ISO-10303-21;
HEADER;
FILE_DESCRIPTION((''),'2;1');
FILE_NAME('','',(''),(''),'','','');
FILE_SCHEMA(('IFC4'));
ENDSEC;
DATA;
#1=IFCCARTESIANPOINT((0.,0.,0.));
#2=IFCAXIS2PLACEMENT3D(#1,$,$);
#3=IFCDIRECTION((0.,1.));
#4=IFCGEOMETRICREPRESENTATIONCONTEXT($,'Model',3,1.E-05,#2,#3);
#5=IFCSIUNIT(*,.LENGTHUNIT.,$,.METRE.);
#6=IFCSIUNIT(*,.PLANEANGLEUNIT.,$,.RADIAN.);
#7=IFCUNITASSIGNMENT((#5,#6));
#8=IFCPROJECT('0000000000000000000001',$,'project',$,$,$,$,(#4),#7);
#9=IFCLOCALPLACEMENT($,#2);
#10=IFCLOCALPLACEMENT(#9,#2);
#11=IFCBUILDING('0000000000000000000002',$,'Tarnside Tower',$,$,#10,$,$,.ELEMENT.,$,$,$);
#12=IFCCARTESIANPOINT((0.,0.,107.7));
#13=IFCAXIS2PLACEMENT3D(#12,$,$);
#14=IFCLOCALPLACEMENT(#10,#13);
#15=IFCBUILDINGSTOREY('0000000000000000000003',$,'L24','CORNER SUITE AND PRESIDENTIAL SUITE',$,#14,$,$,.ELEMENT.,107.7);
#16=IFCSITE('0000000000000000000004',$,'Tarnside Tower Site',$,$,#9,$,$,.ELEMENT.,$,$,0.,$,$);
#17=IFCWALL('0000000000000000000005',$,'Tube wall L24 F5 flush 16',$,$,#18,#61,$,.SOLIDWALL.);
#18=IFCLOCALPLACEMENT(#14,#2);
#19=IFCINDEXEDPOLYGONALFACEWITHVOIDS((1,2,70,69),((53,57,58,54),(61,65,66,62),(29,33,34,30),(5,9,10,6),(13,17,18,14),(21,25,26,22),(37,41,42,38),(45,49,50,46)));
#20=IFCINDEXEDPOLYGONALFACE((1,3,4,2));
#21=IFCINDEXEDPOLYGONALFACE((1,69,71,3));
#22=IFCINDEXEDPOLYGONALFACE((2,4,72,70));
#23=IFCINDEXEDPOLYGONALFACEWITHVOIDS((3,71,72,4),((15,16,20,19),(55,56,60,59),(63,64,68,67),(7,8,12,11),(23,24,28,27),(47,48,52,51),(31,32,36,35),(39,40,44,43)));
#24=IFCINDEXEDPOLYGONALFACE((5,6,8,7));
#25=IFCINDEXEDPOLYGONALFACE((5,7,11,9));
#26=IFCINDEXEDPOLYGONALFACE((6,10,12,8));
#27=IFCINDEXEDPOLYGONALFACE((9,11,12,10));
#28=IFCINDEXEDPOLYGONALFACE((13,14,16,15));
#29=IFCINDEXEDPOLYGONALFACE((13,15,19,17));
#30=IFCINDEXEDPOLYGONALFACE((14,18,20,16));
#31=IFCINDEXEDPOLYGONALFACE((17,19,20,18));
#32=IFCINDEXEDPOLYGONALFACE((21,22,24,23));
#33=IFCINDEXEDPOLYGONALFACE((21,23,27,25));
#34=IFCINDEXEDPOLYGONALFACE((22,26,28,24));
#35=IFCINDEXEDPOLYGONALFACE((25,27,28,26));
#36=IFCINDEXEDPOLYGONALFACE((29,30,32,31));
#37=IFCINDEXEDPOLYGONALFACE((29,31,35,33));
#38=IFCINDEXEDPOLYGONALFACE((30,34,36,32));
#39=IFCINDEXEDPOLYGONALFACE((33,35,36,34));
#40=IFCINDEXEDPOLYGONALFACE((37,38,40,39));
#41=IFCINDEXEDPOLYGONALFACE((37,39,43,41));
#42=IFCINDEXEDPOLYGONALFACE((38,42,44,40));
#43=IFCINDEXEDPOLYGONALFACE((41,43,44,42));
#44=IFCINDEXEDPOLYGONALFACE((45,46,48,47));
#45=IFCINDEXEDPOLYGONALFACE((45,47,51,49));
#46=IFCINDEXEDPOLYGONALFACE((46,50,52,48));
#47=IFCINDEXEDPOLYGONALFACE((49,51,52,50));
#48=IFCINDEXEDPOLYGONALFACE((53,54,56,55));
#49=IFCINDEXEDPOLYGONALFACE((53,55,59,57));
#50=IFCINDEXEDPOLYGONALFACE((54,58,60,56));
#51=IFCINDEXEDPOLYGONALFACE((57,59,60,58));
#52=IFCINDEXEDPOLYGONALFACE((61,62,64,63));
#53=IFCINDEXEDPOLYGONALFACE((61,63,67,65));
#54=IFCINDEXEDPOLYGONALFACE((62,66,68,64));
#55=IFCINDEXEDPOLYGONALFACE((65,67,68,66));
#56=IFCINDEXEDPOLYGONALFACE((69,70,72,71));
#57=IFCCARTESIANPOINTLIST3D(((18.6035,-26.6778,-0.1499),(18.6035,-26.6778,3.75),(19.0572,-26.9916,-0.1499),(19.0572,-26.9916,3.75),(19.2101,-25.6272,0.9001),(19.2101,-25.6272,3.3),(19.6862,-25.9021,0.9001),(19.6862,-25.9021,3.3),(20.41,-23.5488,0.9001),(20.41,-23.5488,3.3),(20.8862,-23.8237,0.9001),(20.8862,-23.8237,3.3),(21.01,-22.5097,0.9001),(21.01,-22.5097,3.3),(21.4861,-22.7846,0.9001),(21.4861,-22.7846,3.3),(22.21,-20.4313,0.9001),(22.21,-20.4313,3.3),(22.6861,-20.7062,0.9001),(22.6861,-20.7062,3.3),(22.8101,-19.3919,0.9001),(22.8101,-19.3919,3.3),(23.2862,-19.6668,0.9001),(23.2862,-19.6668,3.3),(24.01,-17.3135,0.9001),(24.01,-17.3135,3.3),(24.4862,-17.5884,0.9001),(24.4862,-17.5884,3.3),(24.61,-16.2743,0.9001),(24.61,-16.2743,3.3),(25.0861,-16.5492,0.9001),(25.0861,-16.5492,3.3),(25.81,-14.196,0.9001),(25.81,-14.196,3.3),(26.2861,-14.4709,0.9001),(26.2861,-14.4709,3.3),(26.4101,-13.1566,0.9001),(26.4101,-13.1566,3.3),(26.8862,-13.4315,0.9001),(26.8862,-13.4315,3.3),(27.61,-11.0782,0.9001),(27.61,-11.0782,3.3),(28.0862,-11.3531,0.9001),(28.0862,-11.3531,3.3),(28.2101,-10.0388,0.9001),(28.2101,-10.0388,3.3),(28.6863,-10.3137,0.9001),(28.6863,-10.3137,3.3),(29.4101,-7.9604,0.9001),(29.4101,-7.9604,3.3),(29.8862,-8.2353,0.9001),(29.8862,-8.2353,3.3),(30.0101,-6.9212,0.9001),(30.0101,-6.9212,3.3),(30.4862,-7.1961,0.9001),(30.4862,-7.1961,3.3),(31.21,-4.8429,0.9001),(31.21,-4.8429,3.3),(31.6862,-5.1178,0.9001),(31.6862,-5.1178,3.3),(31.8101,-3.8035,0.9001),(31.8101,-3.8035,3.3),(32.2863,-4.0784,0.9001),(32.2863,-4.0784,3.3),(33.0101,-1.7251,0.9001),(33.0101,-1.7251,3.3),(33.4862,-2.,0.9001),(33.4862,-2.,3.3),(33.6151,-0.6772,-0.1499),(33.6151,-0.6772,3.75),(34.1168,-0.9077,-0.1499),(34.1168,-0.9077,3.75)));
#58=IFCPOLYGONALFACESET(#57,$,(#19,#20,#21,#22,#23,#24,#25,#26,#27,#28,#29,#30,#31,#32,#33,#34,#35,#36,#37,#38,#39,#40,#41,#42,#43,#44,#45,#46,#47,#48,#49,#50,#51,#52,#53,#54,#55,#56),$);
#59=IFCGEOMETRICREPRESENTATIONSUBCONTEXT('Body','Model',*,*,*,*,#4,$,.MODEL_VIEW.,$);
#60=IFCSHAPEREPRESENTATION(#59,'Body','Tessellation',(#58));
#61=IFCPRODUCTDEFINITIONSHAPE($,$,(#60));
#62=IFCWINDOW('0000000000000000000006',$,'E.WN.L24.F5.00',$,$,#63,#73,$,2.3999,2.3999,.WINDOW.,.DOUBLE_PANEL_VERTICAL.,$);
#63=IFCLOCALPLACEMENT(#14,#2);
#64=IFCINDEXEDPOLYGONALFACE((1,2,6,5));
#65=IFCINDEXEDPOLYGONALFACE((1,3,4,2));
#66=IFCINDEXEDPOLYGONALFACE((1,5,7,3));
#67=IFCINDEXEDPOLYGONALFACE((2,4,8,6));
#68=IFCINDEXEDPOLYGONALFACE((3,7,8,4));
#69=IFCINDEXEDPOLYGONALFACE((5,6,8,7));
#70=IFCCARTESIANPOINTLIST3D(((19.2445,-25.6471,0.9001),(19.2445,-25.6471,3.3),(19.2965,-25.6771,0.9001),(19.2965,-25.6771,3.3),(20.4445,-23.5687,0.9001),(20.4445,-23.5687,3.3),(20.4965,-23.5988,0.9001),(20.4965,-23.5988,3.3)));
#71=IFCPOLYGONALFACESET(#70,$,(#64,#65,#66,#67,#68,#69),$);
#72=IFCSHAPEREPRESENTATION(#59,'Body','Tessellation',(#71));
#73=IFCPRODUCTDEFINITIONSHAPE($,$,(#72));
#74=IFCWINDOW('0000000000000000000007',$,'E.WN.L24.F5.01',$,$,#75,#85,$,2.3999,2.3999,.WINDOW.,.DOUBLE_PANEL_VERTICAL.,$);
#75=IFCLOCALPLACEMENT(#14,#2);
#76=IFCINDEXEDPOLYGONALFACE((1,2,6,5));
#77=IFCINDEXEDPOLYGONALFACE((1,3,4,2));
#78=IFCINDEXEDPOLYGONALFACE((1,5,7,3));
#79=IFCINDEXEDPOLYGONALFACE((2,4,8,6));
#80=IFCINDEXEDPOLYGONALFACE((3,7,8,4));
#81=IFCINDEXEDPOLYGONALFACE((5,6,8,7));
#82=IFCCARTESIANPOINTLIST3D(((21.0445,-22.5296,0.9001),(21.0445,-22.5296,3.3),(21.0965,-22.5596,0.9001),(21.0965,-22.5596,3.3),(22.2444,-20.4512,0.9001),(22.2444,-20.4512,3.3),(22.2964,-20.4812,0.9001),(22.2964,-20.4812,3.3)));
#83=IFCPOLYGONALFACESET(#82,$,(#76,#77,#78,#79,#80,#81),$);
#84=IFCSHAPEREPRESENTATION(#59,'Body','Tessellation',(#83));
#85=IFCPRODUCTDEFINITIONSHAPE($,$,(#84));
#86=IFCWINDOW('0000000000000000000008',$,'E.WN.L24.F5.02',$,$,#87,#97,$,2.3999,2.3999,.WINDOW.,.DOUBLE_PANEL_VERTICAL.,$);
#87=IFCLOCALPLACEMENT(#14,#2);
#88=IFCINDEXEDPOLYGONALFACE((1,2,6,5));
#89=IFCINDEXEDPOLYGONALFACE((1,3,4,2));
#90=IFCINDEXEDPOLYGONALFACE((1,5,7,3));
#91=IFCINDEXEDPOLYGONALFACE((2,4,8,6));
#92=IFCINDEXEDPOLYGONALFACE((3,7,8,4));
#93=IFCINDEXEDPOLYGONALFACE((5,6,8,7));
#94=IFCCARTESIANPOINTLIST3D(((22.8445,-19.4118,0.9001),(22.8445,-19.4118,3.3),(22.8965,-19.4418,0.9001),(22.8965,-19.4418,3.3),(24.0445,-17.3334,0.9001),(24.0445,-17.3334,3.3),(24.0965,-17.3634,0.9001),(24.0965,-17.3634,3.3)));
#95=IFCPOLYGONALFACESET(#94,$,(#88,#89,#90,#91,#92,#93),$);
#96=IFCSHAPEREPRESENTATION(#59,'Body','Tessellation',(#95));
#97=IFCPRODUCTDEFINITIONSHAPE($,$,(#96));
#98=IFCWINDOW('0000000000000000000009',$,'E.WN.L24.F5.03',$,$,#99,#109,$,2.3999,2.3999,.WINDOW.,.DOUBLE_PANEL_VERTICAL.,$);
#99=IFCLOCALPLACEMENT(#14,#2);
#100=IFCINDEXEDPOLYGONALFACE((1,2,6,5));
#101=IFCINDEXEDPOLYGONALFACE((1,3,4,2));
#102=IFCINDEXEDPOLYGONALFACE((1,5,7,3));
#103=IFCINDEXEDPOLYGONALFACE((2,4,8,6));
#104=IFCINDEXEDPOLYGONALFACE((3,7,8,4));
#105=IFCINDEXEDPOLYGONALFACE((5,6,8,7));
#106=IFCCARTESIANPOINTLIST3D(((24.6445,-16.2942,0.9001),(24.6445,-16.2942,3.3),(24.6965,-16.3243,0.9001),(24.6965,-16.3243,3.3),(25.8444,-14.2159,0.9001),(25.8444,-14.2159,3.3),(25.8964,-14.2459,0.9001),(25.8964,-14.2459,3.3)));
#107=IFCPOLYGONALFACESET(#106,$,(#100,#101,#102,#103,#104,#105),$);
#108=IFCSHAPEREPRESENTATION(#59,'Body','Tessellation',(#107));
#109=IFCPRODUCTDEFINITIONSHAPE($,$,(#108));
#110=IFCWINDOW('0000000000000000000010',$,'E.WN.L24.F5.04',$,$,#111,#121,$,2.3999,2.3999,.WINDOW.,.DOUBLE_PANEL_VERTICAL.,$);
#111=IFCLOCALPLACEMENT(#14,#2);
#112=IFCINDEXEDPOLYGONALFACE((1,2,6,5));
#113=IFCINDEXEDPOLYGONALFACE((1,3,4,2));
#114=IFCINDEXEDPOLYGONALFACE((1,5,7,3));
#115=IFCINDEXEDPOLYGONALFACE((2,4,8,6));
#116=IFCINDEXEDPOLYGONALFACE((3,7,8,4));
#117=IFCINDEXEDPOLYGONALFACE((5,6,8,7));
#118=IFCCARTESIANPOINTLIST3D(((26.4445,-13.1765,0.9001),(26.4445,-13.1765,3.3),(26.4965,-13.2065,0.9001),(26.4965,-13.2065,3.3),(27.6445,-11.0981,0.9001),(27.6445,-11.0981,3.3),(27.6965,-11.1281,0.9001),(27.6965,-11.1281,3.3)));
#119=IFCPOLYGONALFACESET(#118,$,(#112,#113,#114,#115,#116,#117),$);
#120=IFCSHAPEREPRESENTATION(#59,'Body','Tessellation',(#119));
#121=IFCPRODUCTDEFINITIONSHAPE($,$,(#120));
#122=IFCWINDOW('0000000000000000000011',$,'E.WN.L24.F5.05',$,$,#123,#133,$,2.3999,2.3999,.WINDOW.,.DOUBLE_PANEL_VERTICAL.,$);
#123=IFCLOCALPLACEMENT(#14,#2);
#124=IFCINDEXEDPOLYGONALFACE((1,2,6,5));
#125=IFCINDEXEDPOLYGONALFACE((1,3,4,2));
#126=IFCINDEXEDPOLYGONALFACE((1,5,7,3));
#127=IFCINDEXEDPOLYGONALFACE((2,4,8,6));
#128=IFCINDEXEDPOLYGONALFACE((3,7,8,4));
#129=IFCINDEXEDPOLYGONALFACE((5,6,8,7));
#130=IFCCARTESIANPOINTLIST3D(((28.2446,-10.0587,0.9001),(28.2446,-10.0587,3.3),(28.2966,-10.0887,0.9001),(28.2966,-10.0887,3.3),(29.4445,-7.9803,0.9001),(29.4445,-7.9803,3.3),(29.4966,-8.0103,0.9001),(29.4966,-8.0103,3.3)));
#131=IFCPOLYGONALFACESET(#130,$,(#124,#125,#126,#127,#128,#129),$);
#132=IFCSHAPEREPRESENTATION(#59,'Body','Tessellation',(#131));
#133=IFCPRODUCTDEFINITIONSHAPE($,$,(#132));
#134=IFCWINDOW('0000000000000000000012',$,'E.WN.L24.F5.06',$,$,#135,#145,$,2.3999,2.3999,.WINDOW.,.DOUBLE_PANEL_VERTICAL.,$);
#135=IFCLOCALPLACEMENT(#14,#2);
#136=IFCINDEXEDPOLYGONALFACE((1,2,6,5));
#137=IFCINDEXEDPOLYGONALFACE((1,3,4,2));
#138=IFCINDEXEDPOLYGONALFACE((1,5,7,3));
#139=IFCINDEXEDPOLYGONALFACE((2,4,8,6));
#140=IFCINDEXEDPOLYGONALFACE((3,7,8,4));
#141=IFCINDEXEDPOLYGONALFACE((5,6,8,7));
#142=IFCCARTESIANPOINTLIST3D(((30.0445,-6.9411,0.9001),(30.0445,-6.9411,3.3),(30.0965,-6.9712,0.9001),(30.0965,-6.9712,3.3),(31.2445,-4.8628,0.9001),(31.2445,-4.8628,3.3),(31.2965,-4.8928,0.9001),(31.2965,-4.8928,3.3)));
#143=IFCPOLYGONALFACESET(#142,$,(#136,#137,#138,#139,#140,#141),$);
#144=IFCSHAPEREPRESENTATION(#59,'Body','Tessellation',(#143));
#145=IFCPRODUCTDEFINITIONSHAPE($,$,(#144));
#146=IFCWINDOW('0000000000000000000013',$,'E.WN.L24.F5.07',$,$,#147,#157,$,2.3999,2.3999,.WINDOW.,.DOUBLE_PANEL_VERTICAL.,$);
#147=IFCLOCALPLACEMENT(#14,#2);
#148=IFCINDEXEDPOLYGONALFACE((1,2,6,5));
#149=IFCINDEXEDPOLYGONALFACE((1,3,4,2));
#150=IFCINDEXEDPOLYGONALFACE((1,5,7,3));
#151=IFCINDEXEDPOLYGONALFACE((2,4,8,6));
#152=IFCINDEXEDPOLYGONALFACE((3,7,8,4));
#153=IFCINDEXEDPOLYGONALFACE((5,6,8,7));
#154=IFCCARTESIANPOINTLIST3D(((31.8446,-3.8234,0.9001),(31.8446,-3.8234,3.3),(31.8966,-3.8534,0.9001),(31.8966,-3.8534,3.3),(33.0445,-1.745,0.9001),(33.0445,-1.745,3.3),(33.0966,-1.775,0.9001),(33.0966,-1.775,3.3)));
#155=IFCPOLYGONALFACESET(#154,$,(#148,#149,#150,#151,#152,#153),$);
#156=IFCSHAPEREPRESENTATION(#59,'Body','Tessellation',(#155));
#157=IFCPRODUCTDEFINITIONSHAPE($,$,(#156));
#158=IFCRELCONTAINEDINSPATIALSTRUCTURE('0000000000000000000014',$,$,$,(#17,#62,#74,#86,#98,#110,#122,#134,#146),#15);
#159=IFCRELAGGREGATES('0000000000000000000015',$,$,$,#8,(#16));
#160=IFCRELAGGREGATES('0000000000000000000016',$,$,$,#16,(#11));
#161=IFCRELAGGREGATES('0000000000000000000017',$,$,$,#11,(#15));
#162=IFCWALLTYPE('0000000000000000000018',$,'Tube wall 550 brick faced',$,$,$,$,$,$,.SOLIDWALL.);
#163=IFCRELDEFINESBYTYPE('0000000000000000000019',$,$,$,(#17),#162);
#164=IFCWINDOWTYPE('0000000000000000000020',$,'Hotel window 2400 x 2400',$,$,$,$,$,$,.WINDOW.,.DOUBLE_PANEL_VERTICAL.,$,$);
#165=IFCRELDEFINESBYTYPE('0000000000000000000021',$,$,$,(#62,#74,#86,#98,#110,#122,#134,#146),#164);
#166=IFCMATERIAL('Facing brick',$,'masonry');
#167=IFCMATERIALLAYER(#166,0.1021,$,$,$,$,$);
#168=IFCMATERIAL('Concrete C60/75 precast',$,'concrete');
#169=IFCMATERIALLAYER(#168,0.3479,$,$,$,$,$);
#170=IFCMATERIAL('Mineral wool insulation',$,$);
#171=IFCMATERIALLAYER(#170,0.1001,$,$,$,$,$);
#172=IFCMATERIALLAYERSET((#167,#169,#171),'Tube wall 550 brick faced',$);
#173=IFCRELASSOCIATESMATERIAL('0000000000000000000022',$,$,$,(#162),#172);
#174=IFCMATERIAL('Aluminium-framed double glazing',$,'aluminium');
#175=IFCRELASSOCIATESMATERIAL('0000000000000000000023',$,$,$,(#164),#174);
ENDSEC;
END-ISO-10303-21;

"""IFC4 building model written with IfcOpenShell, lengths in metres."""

from ifc_helpers import new_model, si_unit, direction, frame, frame_2d, origin, place, context, subcontext, project, spatial, polyline, rectangle, outline, extrude, material, layer, layer_set, type_object, element, fill, save


model = new_model("IFC4")

# Units and contexts
model_context = context("Model", 3, precision=1e-05, world=origin(), true_north=direction((0.0, 1.0)))
body_context = subcontext(model_context, "Body", "Model", "MODEL_VIEW")
ifc_project = project(units=[si_unit("LENGTHUNIT", "METRE"), si_unit("PLANEANGLEUNIT", "RADIAN")], contexts=[model_context])

# Site, building, storey
site_placement = place(None, origin())
site = spatial("IfcSite", under=ifc_project, at=site_placement, Name="Tarnside Tower Site", CompositionType="ELEMENT", RefElevation=0.0)
building_placement = place(site_placement, origin())
building = spatial("IfcBuilding", under=site, at=building_placement, Name="Tarnside Tower", CompositionType="ELEMENT")
storey_placement = place(building_placement, frame((0.0, 0.0, 107.7)))
storey = spatial("IfcBuildingStorey", under=building, at=storey_placement, Name="L24", Description="CORNER SUITE AND PRESIDENTIAL SUITE", CompositionType="ELEMENT", Elevation=107.7)

# Shared definitions
ifc_material_1 = material(Name="Facing brick", Category="masonry")
ifc_layer_1 = layer(ifc_material_1, 0.1021)
ifc_material_2 = material(Name="Concrete C60/75 precast", Category="concrete")
ifc_layer_2 = layer(ifc_material_2, 0.3479)
ifc_material_3 = material(Name="Mineral wool insulation")
ifc_layer_3 = layer(ifc_material_3, 0.1001)
ifc_layer_set_1 = layer_set([ifc_layer_1, ifc_layer_2, ifc_layer_3], Name="Tube wall 550 brick faced")
wall_type_1 = type_object("IfcWallType", Name="Tube wall 550 brick faced", PredefinedType="SOLIDWALL", material=ifc_layer_set_1)

# Wall, openings, windows
wall_1_placement = place(storey_placement, frame((18.8303, -26.8347, -0.1499), z_axis=(0.0, 0.0, 1.0), x_axis=(0.500004, 0.866023, 0.0)))
wall_1 = element("IfcWall", 1, at=wall_1_placement, inside=storey, type_object=wall_type_1, Name="Tube wall L24 F5 flush 16", PredefinedType="SOLIDWALL", context=body_context, shape_type="SweptSolid", body=[
    extrude(outline(polyline([(-0.0225, -0.2749), (30.0967, -0.2749), (30.0454, 0.2749), (0.0225, 0.2749), (-0.0225, -0.2749)])), origin(), (0.0, 0.0, 1.0), 3.8999),
])
opening_1_placement = place(wall_1_placement, frame((1.2356, 0.0, 1.05)))
opening_1 = element("IfcOpeningElement", 2, at=opening_1_placement, cuts=wall_1, PredefinedType="OPENING", context=body_context, shape_type="SweptSolid", body=[
    extrude(rectangle(XDim=2.3999, YDim=2.3999, at=frame_2d((1.2, 1.2))), frame((0.0, 0.2852, 0.0), z_axis=(0.0, -1.0, 0.0), x_axis=(1.0, 0.0, 0.0)), (0.0, 0.0, 1.0), 0.5701),
])
opening_2_placement = place(wall_1_placement, frame((4.8354, 0.0, 1.05)))
opening_2 = element("IfcOpeningElement", 3, at=opening_2_placement, cuts=wall_1, PredefinedType="OPENING", context=body_context, shape_type="SweptSolid", body=[
    extrude(rectangle(XDim=2.3999, YDim=2.3999, at=frame_2d((1.2, 1.2))), frame((0.0, 0.2852, 0.0), z_axis=(0.0, -1.0, 0.0), x_axis=(1.0, 0.0, 0.0)), (0.0, 0.0, 1.0), 0.5701),
])
opening_3_placement = place(wall_1_placement, frame((8.4355, 0.0, 1.05)))
opening_3 = element("IfcOpeningElement", 4, at=opening_3_placement, cuts=wall_1, PredefinedType="OPENING", context=body_context, shape_type="SweptSolid", body=[
    extrude(rectangle(XDim=2.3999, YDim=2.3999, at=frame_2d((1.2, 1.2))), frame((0.0, 0.2852, 0.0), z_axis=(0.0, -1.0, 0.0), x_axis=(1.0, 0.0, 0.0)), (0.0, 0.0, 1.0), 0.5701),
])
opening_4_placement = place(wall_1_placement, frame((12.0354, 0.0, 1.05)))
opening_4 = element("IfcOpeningElement", 5, at=opening_4_placement, cuts=wall_1, PredefinedType="OPENING", context=body_context, shape_type="SweptSolid", body=[
    extrude(rectangle(XDim=2.3999, YDim=2.3999, at=frame_2d((1.2, 1.2))), frame((0.0, 0.2852, 0.0), z_axis=(0.0, -1.0, 0.0), x_axis=(1.0, 0.0, 0.0)), (0.0, 0.0, 1.0), 0.5701),
])
opening_5_placement = place(wall_1_placement, frame((15.6355, 0.0, 1.05)))
opening_5 = element("IfcOpeningElement", 6, at=opening_5_placement, cuts=wall_1, PredefinedType="OPENING", context=body_context, shape_type="SweptSolid", body=[
    extrude(rectangle(XDim=2.3999, YDim=2.3999, at=frame_2d((1.2, 1.2))), frame((0.0, 0.2852, 0.0), z_axis=(0.0, -1.0, 0.0), x_axis=(1.0, 0.0, 0.0)), (0.0, 0.0, 1.0), 0.5701),
])
opening_6_placement = place(wall_1_placement, frame((19.2356, 0.0, 1.05)))
opening_6 = element("IfcOpeningElement", 7, at=opening_6_placement, cuts=wall_1, PredefinedType="OPENING", context=body_context, shape_type="SweptSolid", body=[
    extrude(rectangle(XDim=2.3999, YDim=2.3999, at=frame_2d((1.2, 1.2))), frame((0.0, 0.2852, 0.0), z_axis=(0.0, -1.0, 0.0), x_axis=(1.0, 0.0, 0.0)), (0.0, 0.0, 1.0), 0.5701),
])
opening_7_placement = place(wall_1_placement, frame((22.8354, 0.0, 1.05)))
opening_7 = element("IfcOpeningElement", 8, at=opening_7_placement, cuts=wall_1, PredefinedType="OPENING", context=body_context, shape_type="SweptSolid", body=[
    extrude(rectangle(XDim=2.3999, YDim=2.3999, at=frame_2d((1.2, 1.2))), frame((0.0, 0.2852, 0.0), z_axis=(0.0, -1.0, 0.0), x_axis=(1.0, 0.0, 0.0)), (0.0, 0.0, 1.0), 0.5701),
])
opening_8_placement = place(wall_1_placement, frame((26.4355, 0.0, 1.05)))
opening_8 = element("IfcOpeningElement", 9, at=opening_8_placement, cuts=wall_1, PredefinedType="OPENING", context=body_context, shape_type="SweptSolid", body=[
    extrude(rectangle(XDim=2.3999, YDim=2.3999, at=frame_2d((1.2, 1.2))), frame((0.0, 0.2852, 0.0), z_axis=(0.0, -1.0, 0.0), x_axis=(1.0, 0.0, 0.0)), (0.0, 0.0, 1.0), 0.5701),
])
ifc_material_4 = material(Name="Aluminium-framed double glazing", Category="aluminium")
window_type = type_object("IfcWindowType", Name="Hotel window 2400 x 2400", PartitioningType="DOUBLE_PANEL_VERTICAL", PredefinedType="WINDOW", material=ifc_material_4)
window_1_placement = place(opening_1_placement, frame((0.0, 0.2051, 0.0)))
window_1 = element("IfcWindow", 10, at=window_1_placement, inside=storey, type_object=window_type, Name="E.WN.L24.F5.00", OverallHeight=2.3999, OverallWidth=2.3999, PartitioningType="DOUBLE_PANEL_VERTICAL", PredefinedType="WINDOW", context=body_context, shape_type="SweptSolid", body=[
    extrude(rectangle(XDim=2.3999, YDim=2.3999, at=frame_2d((1.2, 1.2))), frame((0.0, 0.03, 0.0), z_axis=(0.0, -1.0, 0.0), x_axis=(1.0, 0.0, 0.0)), (0.0, 0.0, 1.0), 0.0601),
])
fill(opening_1, window_1)
window_2_placement = place(opening_2_placement, frame((0.0, 0.2051, 0.0)))
window_2 = element("IfcWindow", 11, at=window_2_placement, inside=storey, type_object=window_type, Name="E.WN.L24.F5.01", OverallHeight=2.3999, OverallWidth=2.3999, PartitioningType="DOUBLE_PANEL_VERTICAL", PredefinedType="WINDOW", context=body_context, shape_type="SweptSolid", body=[
    extrude(rectangle(XDim=2.3999, YDim=2.3999, at=frame_2d((1.2, 1.2))), frame((0.0, 0.03, 0.0), z_axis=(0.0, -1.0, 0.0), x_axis=(1.0, 0.0, 0.0)), (0.0, 0.0, 1.0), 0.0601),
])
fill(opening_2, window_2)
window_3_placement = place(opening_3_placement, frame((0.0, 0.2051, 0.0)))
window_3 = element("IfcWindow", 12, at=window_3_placement, inside=storey, type_object=window_type, Name="E.WN.L24.F5.02", OverallHeight=2.3999, OverallWidth=2.3999, PartitioningType="DOUBLE_PANEL_VERTICAL", PredefinedType="WINDOW", context=body_context, shape_type="SweptSolid", body=[
    extrude(rectangle(XDim=2.3999, YDim=2.3999, at=frame_2d((1.2, 1.2))), frame((0.0, 0.03, 0.0), z_axis=(0.0, -1.0, 0.0), x_axis=(1.0, 0.0, 0.0)), (0.0, 0.0, 1.0), 0.0601),
])
fill(opening_3, window_3)
window_4_placement = place(opening_4_placement, frame((0.0, 0.2051, 0.0)))
window_4 = element("IfcWindow", 13, at=window_4_placement, inside=storey, type_object=window_type, Name="E.WN.L24.F5.03", OverallHeight=2.3999, OverallWidth=2.3999, PartitioningType="DOUBLE_PANEL_VERTICAL", PredefinedType="WINDOW", context=body_context, shape_type="SweptSolid", body=[
    extrude(rectangle(XDim=2.3999, YDim=2.3999, at=frame_2d((1.2, 1.2))), frame((0.0, 0.03, 0.0), z_axis=(0.0, -1.0, 0.0), x_axis=(1.0, 0.0, 0.0)), (0.0, 0.0, 1.0), 0.0601),
])
fill(opening_4, window_4)
window_5_placement = place(opening_5_placement, frame((0.0, 0.2051, 0.0)))
window_5 = element("IfcWindow", 14, at=window_5_placement, inside=storey, type_object=window_type, Name="E.WN.L24.F5.04", OverallHeight=2.3999, OverallWidth=2.3999, PartitioningType="DOUBLE_PANEL_VERTICAL", PredefinedType="WINDOW", context=body_context, shape_type="SweptSolid", body=[
    extrude(rectangle(XDim=2.3999, YDim=2.3999, at=frame_2d((1.2, 1.2))), frame((0.0, 0.03, 0.0), z_axis=(0.0, -1.0, 0.0), x_axis=(1.0, 0.0, 0.0)), (0.0, 0.0, 1.0), 0.0601),
])
fill(opening_5, window_5)
window_6_placement = place(opening_6_placement, frame((0.0, 0.2051, 0.0)))
window_6 = element("IfcWindow", 15, at=window_6_placement, inside=storey, type_object=window_type, Name="E.WN.L24.F5.05", OverallHeight=2.3999, OverallWidth=2.3999, PartitioningType="DOUBLE_PANEL_VERTICAL", PredefinedType="WINDOW", context=body_context, shape_type="SweptSolid", body=[
    extrude(rectangle(XDim=2.3999, YDim=2.3999, at=frame_2d((1.2, 1.2))), frame((0.0, 0.03, 0.0), z_axis=(0.0, -1.0, 0.0), x_axis=(1.0, 0.0, 0.0)), (0.0, 0.0, 1.0), 0.0601),
])
fill(opening_6, window_6)
window_7_placement = place(opening_7_placement, frame((0.0, 0.2051, 0.0)))
window_7 = element("IfcWindow", 16, at=window_7_placement, inside=storey, type_object=window_type, Name="E.WN.L24.F5.06", OverallHeight=2.3999, OverallWidth=2.3999, PartitioningType="DOUBLE_PANEL_VERTICAL", PredefinedType="WINDOW", context=body_context, shape_type="SweptSolid", body=[
    extrude(rectangle(XDim=2.3999, YDim=2.3999, at=frame_2d((1.2, 1.2))), frame((0.0, 0.03, 0.0), z_axis=(0.0, -1.0, 0.0), x_axis=(1.0, 0.0, 0.0)), (0.0, 0.0, 1.0), 0.0601),
])
fill(opening_7, window_7)
window_8_placement = place(opening_8_placement, frame((0.0, 0.2051, 0.0)))
window_8 = element("IfcWindow", 17, at=window_8_placement, inside=storey, type_object=window_type, Name="E.WN.L24.F5.07", OverallHeight=2.3999, OverallWidth=2.3999, PartitioningType="DOUBLE_PANEL_VERTICAL", PredefinedType="WINDOW", context=body_context, shape_type="SweptSolid", body=[
    extrude(rectangle(XDim=2.3999, YDim=2.3999, at=frame_2d((1.2, 1.2))), frame((0.0, 0.03, 0.0), z_axis=(0.0, -1.0, 0.0), x_axis=(1.0, 0.0, 0.0)), (0.0, 0.0, 1.0), 0.0601),
])
fill(opening_8, window_8)

save(model, "model.ifc")
